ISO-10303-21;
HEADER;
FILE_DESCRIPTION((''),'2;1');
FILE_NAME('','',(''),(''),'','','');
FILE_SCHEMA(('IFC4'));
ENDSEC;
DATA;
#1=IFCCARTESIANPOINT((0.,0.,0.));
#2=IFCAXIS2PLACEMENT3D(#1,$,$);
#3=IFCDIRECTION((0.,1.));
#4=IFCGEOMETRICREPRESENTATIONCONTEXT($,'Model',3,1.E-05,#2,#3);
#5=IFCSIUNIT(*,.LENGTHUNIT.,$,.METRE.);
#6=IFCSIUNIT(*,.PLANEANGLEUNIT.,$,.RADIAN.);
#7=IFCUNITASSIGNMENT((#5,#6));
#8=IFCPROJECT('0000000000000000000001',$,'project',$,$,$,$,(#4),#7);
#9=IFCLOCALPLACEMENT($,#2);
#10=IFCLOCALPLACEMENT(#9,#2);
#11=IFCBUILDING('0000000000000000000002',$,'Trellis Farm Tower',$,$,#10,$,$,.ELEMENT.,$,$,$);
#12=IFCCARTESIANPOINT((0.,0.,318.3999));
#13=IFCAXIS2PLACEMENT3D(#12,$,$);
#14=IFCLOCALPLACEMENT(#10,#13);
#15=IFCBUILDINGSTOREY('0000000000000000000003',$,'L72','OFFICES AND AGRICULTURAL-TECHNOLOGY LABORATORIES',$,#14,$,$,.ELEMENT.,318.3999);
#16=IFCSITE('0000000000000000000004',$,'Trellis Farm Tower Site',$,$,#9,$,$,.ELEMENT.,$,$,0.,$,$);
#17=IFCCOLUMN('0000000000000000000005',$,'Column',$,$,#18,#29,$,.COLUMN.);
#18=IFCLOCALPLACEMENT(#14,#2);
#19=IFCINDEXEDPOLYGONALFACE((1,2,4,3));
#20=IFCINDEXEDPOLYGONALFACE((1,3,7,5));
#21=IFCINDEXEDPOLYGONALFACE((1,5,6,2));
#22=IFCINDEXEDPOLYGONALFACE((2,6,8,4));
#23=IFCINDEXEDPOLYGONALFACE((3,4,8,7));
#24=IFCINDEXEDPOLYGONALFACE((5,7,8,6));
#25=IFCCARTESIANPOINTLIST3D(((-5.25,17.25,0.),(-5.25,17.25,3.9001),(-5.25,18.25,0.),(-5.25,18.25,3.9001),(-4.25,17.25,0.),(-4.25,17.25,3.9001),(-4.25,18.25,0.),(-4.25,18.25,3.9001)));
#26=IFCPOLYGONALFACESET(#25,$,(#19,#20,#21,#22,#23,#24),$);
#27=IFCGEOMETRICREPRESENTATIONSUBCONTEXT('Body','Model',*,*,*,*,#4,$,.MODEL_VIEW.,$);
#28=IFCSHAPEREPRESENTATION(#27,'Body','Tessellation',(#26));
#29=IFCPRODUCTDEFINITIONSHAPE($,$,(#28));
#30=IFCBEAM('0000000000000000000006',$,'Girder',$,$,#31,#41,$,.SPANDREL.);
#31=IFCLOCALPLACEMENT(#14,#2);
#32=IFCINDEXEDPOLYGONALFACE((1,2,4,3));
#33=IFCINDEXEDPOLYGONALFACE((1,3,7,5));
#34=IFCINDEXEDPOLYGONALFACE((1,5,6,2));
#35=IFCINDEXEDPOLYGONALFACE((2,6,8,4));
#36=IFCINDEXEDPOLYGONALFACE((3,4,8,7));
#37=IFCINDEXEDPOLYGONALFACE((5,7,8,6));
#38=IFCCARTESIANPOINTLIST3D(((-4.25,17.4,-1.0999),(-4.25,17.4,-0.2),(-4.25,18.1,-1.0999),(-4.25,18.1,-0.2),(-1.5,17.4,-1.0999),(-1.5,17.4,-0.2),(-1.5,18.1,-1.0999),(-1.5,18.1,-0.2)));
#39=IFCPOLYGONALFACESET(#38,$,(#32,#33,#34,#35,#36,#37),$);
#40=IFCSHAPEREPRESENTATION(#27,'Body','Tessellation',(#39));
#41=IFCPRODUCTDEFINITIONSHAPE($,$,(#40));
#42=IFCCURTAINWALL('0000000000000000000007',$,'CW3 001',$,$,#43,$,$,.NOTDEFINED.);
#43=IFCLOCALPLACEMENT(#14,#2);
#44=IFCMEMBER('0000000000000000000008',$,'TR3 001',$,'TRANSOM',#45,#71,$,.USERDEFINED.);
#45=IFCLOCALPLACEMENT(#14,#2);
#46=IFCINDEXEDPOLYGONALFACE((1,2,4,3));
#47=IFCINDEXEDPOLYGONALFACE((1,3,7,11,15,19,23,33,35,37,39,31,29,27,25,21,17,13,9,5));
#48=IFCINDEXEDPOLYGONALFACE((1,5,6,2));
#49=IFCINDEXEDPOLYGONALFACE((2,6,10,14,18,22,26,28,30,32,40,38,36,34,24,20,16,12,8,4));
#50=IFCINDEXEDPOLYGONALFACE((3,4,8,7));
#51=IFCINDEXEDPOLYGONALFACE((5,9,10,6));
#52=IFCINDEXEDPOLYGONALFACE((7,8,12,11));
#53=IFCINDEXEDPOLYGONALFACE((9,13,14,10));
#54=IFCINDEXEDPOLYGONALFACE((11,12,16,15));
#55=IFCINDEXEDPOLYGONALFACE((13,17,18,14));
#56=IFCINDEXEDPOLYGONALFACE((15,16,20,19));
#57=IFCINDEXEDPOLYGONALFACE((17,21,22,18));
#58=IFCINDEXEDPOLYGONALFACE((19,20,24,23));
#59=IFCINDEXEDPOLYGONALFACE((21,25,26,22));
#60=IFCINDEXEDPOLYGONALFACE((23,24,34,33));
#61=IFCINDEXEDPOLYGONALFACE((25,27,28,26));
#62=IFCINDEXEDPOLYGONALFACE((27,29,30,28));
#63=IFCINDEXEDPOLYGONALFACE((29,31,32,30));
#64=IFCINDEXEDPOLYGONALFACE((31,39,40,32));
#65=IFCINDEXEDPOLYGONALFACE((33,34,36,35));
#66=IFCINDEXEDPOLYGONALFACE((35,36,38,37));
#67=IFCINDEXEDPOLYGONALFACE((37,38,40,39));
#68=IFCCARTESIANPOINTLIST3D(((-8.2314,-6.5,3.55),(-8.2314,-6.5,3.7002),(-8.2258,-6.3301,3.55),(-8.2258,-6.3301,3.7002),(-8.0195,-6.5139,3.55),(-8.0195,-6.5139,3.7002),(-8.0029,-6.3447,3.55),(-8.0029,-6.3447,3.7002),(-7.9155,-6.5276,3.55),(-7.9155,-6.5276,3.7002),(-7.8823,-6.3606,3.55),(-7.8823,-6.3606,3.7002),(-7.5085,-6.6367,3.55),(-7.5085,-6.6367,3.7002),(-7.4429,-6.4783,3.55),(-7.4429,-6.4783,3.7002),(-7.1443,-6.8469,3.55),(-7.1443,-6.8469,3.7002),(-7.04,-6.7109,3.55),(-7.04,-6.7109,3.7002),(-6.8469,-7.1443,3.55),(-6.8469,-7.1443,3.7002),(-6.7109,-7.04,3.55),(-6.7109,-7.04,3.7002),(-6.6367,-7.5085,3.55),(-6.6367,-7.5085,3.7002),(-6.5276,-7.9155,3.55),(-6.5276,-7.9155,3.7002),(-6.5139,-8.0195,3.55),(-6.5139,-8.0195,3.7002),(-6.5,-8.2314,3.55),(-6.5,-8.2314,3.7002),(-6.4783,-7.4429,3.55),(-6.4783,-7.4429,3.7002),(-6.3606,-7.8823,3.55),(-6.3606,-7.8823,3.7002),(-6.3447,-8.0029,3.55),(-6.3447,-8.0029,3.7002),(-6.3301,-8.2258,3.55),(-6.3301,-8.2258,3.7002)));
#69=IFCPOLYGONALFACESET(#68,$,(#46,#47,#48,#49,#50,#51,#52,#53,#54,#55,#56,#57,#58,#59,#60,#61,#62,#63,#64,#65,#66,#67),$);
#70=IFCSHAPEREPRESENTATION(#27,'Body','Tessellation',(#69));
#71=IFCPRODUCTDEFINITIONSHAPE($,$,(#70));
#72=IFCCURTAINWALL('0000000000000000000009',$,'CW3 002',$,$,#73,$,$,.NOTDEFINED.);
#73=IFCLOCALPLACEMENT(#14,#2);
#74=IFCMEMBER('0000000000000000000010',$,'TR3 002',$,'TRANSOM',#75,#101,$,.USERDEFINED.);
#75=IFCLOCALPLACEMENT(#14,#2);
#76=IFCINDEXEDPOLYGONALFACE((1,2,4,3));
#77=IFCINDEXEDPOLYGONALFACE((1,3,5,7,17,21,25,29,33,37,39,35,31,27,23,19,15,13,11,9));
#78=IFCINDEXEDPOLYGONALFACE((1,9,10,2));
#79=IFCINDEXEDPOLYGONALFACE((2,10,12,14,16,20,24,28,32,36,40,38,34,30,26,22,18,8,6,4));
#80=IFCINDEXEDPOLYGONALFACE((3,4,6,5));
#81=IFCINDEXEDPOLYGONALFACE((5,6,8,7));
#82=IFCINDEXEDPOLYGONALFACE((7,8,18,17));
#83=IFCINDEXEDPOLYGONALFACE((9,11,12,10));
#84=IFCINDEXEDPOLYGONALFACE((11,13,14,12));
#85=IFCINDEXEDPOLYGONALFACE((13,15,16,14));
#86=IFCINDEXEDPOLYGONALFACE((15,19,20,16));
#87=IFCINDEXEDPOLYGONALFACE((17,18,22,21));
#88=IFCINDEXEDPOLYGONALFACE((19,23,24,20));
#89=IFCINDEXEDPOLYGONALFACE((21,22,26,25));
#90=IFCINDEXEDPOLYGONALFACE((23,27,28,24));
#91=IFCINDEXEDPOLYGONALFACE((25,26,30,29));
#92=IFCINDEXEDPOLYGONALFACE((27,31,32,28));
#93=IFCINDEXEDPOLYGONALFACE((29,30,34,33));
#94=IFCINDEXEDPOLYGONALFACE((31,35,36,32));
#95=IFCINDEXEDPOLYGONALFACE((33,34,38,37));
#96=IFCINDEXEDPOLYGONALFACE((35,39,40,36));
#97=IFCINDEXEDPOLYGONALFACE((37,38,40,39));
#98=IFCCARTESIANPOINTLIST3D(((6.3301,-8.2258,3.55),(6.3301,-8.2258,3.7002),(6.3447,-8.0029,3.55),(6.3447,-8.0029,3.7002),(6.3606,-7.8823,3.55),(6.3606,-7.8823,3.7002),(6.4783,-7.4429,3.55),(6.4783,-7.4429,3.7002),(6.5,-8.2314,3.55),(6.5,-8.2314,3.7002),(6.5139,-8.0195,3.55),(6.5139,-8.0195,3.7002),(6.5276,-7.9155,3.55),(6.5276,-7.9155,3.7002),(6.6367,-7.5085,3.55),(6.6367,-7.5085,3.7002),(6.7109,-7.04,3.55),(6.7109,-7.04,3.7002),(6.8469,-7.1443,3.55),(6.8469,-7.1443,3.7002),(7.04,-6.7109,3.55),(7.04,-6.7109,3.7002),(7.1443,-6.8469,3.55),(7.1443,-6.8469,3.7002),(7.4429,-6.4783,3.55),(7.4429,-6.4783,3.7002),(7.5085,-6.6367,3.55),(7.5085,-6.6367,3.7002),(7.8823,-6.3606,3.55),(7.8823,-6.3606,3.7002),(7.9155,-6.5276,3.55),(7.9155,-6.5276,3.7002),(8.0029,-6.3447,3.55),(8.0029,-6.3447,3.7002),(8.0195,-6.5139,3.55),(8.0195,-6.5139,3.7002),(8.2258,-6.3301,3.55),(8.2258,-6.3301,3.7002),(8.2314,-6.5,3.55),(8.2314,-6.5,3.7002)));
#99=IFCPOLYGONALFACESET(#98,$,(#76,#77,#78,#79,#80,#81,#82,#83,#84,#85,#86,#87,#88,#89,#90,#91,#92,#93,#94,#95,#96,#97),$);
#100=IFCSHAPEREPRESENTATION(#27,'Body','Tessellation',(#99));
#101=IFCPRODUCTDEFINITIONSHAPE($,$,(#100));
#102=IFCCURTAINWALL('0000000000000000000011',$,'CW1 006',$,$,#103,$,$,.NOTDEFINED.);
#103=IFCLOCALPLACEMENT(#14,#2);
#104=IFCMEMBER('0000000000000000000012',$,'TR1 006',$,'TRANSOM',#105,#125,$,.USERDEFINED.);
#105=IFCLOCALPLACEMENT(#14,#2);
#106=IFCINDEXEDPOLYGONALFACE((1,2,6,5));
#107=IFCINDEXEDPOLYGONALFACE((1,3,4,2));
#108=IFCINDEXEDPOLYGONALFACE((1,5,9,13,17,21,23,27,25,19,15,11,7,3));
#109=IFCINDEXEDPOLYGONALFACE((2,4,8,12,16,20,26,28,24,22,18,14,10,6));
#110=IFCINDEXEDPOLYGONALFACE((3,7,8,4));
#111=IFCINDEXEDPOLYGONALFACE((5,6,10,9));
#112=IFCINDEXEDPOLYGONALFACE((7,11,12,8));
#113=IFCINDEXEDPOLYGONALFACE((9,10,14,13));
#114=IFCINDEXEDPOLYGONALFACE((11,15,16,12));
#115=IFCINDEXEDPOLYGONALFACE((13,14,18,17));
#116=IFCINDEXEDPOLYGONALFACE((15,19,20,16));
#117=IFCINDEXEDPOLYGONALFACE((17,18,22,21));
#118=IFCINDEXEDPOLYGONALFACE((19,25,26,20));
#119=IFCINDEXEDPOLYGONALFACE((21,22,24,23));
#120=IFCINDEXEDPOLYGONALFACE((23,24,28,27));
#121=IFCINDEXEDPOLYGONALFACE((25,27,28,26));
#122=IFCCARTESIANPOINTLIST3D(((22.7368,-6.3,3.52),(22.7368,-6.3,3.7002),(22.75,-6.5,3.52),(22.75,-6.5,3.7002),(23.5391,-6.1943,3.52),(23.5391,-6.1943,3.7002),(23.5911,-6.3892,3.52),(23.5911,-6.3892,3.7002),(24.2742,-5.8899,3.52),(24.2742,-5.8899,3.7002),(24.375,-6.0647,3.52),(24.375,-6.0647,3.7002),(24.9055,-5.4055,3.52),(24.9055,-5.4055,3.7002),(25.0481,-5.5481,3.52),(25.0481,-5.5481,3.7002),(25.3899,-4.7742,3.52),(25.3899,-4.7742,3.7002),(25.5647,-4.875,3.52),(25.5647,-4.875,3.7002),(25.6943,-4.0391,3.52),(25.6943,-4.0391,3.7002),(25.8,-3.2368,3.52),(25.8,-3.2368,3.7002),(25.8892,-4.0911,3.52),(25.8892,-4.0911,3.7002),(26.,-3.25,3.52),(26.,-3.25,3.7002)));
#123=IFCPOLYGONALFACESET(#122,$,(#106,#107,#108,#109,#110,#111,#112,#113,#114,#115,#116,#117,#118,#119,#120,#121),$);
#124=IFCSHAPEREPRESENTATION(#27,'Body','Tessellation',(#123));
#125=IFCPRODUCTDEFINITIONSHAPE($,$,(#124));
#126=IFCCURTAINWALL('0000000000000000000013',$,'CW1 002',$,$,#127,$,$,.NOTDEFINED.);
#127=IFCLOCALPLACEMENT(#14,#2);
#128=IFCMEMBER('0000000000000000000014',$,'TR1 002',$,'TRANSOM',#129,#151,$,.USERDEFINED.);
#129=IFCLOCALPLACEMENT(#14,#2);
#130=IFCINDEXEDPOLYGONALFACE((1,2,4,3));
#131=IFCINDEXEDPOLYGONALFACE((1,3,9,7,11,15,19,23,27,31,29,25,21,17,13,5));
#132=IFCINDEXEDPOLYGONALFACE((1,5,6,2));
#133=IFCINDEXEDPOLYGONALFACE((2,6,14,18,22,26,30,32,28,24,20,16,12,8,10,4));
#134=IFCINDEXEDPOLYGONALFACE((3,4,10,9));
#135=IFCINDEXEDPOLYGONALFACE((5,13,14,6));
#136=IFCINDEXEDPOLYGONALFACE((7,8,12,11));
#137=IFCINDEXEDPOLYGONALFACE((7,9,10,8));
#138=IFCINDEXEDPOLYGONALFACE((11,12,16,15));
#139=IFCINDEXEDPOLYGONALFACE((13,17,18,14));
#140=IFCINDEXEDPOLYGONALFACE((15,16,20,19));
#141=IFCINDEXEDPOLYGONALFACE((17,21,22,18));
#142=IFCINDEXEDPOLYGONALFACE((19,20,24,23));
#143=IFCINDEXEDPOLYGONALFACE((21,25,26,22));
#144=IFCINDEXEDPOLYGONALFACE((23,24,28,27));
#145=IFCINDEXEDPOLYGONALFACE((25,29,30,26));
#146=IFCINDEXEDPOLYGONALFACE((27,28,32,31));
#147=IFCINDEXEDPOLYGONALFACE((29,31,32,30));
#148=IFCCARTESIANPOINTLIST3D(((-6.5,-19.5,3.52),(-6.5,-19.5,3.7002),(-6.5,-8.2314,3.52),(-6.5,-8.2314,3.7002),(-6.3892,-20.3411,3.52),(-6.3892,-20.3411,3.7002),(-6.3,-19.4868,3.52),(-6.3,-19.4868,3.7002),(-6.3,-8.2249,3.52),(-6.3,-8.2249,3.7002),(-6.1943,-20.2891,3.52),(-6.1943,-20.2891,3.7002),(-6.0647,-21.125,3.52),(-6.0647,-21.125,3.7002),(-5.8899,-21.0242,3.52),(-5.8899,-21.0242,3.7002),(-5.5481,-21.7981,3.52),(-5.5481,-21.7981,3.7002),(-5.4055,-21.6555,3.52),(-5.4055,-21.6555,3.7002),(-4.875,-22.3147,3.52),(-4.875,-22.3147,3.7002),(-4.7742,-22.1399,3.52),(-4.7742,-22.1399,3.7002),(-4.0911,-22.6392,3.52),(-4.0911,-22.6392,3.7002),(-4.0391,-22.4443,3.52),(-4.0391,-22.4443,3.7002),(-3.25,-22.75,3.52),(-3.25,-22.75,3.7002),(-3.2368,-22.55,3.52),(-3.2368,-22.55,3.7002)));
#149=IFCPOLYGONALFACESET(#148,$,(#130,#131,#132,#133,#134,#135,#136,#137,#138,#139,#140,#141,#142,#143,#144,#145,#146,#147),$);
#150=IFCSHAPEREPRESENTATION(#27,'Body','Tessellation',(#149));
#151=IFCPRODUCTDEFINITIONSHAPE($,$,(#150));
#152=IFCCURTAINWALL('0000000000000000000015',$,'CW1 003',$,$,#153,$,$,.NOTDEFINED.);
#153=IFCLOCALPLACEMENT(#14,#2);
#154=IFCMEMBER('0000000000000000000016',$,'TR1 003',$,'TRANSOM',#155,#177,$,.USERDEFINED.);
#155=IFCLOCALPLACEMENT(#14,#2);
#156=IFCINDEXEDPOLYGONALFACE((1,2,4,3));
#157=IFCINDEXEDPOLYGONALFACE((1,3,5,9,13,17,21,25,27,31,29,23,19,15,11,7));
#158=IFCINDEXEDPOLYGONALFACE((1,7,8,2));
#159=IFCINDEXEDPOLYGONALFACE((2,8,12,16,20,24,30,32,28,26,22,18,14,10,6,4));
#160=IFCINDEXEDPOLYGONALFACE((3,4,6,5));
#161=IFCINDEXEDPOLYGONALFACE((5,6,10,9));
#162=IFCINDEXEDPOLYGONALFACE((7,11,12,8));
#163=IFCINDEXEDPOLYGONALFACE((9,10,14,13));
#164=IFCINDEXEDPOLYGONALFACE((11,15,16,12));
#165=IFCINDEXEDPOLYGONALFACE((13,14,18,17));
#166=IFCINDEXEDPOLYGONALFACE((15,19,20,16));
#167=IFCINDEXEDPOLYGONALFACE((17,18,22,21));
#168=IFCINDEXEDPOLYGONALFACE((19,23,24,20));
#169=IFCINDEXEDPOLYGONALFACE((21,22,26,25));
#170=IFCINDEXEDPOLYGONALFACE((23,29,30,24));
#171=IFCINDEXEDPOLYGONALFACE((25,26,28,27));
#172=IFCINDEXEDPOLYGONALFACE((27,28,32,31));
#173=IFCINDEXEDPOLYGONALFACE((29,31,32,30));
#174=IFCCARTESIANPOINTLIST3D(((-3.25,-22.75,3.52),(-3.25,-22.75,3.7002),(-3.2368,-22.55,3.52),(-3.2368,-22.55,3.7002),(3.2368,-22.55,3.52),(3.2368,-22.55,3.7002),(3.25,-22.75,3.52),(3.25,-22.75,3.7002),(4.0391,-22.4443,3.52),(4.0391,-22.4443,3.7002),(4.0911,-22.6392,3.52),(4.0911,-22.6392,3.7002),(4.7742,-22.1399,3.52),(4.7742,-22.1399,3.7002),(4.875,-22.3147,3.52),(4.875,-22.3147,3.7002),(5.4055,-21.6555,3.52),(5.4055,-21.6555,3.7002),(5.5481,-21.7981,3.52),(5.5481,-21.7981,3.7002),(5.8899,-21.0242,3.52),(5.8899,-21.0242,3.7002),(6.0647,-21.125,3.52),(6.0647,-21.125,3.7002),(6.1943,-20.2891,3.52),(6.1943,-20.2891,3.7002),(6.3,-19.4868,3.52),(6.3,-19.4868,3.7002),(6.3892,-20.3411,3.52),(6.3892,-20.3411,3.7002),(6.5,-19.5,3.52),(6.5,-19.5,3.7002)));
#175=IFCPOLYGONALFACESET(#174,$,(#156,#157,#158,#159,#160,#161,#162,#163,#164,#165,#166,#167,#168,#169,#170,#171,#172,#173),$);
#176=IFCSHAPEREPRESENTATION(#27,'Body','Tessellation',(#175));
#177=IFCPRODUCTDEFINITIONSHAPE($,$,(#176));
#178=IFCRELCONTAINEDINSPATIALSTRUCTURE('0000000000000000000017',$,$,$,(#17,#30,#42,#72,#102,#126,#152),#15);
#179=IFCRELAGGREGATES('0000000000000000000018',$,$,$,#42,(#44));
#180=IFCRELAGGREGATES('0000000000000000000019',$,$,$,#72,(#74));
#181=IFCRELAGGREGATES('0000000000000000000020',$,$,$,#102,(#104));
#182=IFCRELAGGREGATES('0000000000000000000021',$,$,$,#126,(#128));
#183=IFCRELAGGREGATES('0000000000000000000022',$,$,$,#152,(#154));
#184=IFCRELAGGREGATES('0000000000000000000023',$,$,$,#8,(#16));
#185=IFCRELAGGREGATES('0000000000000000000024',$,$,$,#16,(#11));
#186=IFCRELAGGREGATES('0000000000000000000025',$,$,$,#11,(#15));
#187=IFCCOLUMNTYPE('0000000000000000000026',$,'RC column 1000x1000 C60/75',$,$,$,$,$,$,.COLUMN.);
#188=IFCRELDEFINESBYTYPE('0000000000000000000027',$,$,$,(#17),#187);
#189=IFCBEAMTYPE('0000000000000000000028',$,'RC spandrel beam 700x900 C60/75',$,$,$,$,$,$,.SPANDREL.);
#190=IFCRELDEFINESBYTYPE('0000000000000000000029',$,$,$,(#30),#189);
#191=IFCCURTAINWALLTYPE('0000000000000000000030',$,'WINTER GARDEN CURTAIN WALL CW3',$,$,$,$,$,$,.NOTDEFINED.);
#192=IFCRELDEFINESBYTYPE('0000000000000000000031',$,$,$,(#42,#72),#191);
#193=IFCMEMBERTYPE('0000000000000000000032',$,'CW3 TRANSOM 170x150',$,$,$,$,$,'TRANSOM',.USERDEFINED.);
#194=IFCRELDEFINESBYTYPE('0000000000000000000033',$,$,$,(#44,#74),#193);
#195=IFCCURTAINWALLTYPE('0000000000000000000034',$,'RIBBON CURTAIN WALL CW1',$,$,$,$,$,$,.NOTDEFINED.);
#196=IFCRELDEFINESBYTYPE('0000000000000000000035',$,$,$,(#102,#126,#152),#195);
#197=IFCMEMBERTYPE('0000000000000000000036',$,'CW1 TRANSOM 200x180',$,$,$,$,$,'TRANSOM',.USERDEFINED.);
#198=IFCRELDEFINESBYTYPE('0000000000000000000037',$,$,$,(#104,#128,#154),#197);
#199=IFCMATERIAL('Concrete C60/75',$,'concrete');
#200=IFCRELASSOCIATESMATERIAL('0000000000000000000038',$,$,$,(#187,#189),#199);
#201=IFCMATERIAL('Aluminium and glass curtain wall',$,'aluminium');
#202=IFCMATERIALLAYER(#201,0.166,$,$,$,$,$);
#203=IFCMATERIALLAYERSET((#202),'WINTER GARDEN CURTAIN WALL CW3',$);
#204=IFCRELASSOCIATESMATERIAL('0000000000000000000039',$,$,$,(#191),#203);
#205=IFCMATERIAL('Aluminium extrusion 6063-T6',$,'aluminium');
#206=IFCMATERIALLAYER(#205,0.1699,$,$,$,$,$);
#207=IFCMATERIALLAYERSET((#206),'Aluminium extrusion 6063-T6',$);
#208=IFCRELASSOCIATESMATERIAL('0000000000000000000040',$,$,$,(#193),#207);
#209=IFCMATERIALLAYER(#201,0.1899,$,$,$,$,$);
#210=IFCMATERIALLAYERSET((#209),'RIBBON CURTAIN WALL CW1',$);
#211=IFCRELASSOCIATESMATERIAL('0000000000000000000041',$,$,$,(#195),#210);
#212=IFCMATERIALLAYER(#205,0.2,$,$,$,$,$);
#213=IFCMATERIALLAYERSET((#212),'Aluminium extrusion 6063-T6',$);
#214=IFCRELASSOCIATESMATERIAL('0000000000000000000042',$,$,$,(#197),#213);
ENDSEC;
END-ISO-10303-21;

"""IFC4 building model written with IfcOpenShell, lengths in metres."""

from ifc_helpers import new_model, si_unit, direction, frame, origin, origin_2d, place, context, subcontext, project, spatial, polyline, rectangle, outline, extrude, source, transform, mapped, material, layer, layer_set, material_profile, profile_set, type_object, element, aggregate, save


model = new_model("IFC4")

# Units and contexts
model_context = context("Model", 3, precision=1e-05, world=origin(), true_north=direction((0.0, 1.0)))
body_context = subcontext(model_context, "Body", "Model", "MODEL_VIEW")
ifc_project = project(units=[si_unit("LENGTHUNIT", "METRE"), si_unit("PLANEANGLEUNIT", "RADIAN")], contexts=[model_context])

# Site, building, storey
site_placement = place(None, origin())
site = spatial("IfcSite", under=ifc_project, at=site_placement, Name="Trellis Farm Tower Site", CompositionType="ELEMENT", RefElevation=0.0)
building_placement = place(site_placement, origin())
building = spatial("IfcBuilding", under=site, at=building_placement, Name="Trellis Farm Tower", CompositionType="ELEMENT")
storey_placement = place(building_placement, frame((0.0, 0.0, 318.3999)))
storey = spatial("IfcBuildingStorey", under=building, at=storey_placement, Name="L72", Description="OFFICES AND AGRICULTURAL-TECHNOLOGY LABORATORIES", CompositionType="ELEMENT", Elevation=318.3999)

# Column
ifc_material_1 = material(Name="Concrete C60/75", Category="concrete")
ifc_material_profile_1 = material_profile(ifc_material_1, rectangle(XDim=1.0, YDim=1.0, at=origin_2d()), Name="RC column 1000x1000 C60/75")
ifc_profile_set_1 = profile_set([ifc_material_profile_1], Name="Concrete C60/75")
column_type = type_object("IfcColumnType", Name="RC column 1000x1000 C60/75", PredefinedType="COLUMN", material=ifc_profile_set_1)
shared_shape_1 = source(origin(), body_context, "Body", "SweptSolid", [
    extrude(rectangle(XDim=1.0, YDim=1.0, at=origin_2d()), origin(), (0.0, 0.0, 1.0), 3.9001),
])
column_placement = place(storey_placement, frame((-4.75, 17.75, 0.0), z_axis=(0.0, 0.0, 1.0), x_axis=(1.0, 0.0, 0.0)))
element("IfcColumn", 1, at=column_placement, inside=storey, type_object=column_type, Name="Column", PredefinedType="COLUMN", context=body_context, shape_type="MappedRepresentation", body=[
    mapped(shared_shape_1, transform((0.0, 0.0, 0.0))),
])

# Beam
ifc_material_profile_2 = material_profile(ifc_material_1, rectangle(XDim=0.7, YDim=0.8999, at=origin_2d()), Name="RC spandrel beam 700x900 C60/75")
ifc_profile_set_2 = profile_set([ifc_material_profile_2], Name="Concrete C60/75")
beam_type = type_object("IfcBeamType", Name="RC spandrel beam 700x900 C60/75", PredefinedType="SPANDREL", material=ifc_profile_set_2)
shared_shape_2 = source(origin(), body_context, "Body", "SweptSolid", [
    extrude(rectangle(XDim=0.7, YDim=0.8999, at=origin_2d()), origin(), (0.0, 0.0, 1.0), 2.75),
])
beam_placement = place(storey_placement, frame((-4.25, 17.75, -0.6499), z_axis=(1.0, 0.0, 0.0), x_axis=(0.0, 1.0, 0.0)))
element("IfcBeam", 2, at=beam_placement, inside=storey, type_object=beam_type, Name="Girder", PredefinedType="SPANDREL", context=body_context, shape_type="MappedRepresentation", body=[
    mapped(shared_shape_2, transform((0.0, 0.0, 0.0))),
])

# Curtain walls, members
ifc_material_2 = material(Name="Aluminium and glass curtain wall", Category="aluminium")
ifc_layer_1 = layer(ifc_material_2, 0.166)
ifc_layer_set_1 = layer_set([ifc_layer_1], Name="WINTER GARDEN CURTAIN WALL CW3")
curtain_wall_type_1 = type_object("IfcCurtainWallType", Name="WINTER GARDEN CURTAIN WALL CW3", PredefinedType="NOTDEFINED", material=ifc_layer_set_1)
placement_1 = place(storey_placement, origin())
curtain_wall_1 = element("IfcCurtainWall", 3, at=placement_1, inside=storey, type_object=curtain_wall_type_1, Name="CW3 001", PredefinedType="NOTDEFINED")
ifc_material_3 = material(Name="Aluminium extrusion 6063-T6", Category="aluminium")
ifc_layer_2 = layer(ifc_material_3, 0.1699)
ifc_layer_set_2 = layer_set([ifc_layer_2], Name="Aluminium extrusion 6063-T6")
member_type_1 = type_object("IfcMemberType", Name="CW3 TRANSOM 170x150", ElementType="TRANSOM", PredefinedType="USERDEFINED", material=ifc_layer_set_2)
shared_shape_3 = source(origin(), body_context, "Body", "SweptSolid", [
    extrude(outline(polyline([(-8.2314, -6.5), (-8.0195, -6.5139), (-7.9155, -6.5276), (-7.5085, -6.6367), (-7.1443, -6.8469), (-6.8469, -7.1443), (-6.6367, -7.5085), (-6.5276, -7.9155), (-6.5139, -8.0195), (-6.5, -8.2314), (-6.3301, -8.2258), (-6.3447, -8.0029), (-6.3606, -7.8823), (-6.4783, -7.4429), (-6.7109, -7.04), (-7.04, -6.7109), (-7.4429, -6.4783), (-7.8823, -6.3606), (-8.0029, -6.3447), (-8.2258, -6.3301), (-8.2314, -6.5)])), origin(), (0.0, 0.0, 1.0), 0.1501),
])
placement_2 = place(storey_placement, frame((0.0, 0.0, 3.55)))
member_1 = element("IfcMember", 4, at=placement_2, type_object=member_type_1, Name="TR3 001", ObjectType="TRANSOM", PredefinedType="USERDEFINED", context=body_context, shape_type="MappedRepresentation", body=[
    mapped(shared_shape_3, transform((0.0, 0.0, 0.0))),
])
aggregate(curtain_wall_1, [member_1])
curtain_wall_2 = element("IfcCurtainWall", 5, at=placement_1, inside=storey, type_object=curtain_wall_type_1, Name="CW3 002", PredefinedType="NOTDEFINED")
shared_shape_4 = source(origin(), body_context, "Body", "SweptSolid", [
    extrude(outline(polyline([(6.5, -8.2314), (6.5139, -8.0195), (6.5276, -7.9155), (6.6367, -7.5085), (6.8469, -7.1443), (7.1443, -6.8469), (7.5085, -6.6367), (7.9155, -6.5276), (8.0195, -6.5139), (8.2314, -6.5), (8.2258, -6.3301), (8.0029, -6.3447), (7.8823, -6.3606), (7.4429, -6.4783), (7.04, -6.7109), (6.7109, -7.04), (6.4783, -7.4429), (6.3606, -7.8823), (6.3447, -8.0029), (6.3301, -8.2258), (6.5, -8.2314)])), origin(), (0.0, 0.0, 1.0), 0.1501),
])
member_2 = element("IfcMember", 6, at=placement_2, type_object=member_type_1, Name="TR3 002", ObjectType="TRANSOM", PredefinedType="USERDEFINED", context=body_context, shape_type="MappedRepresentation", body=[
    mapped(shared_shape_4, transform((0.0, 0.0, 0.0))),
])
ifc_layer_3 = layer(ifc_material_2, 0.1899)
ifc_layer_set_3 = layer_set([ifc_layer_3], Name="RIBBON CURTAIN WALL CW1")
curtain_wall_type_2 = type_object("IfcCurtainWallType", Name="RIBBON CURTAIN WALL CW1", PredefinedType="NOTDEFINED", material=ifc_layer_set_3)
curtain_wall_3 = element("IfcCurtainWall", 7, at=placement_1, inside=storey, type_object=curtain_wall_type_2, Name="CW1 006", PredefinedType="NOTDEFINED")
ifc_layer_4 = layer(ifc_material_3, 0.2)
ifc_layer_set_4 = layer_set([ifc_layer_4], Name="Aluminium extrusion 6063-T6")
member_type_2 = type_object("IfcMemberType", Name="CW1 TRANSOM 200x180", ElementType="TRANSOM", PredefinedType="USERDEFINED", material=ifc_layer_set_4)
shared_shape_5 = source(origin(), body_context, "Body", "SweptSolid", [
    extrude(outline(polyline([(22.75, -6.5), (23.5911, -6.3892), (24.375, -6.0647), (25.0481, -5.5481), (25.5647, -4.875), (25.8892, -4.0911), (26.0, -3.25), (25.8, -3.2368), (25.6943, -4.0391), (25.3899, -4.7742), (24.9055, -5.4055), (24.2742, -5.8899), (23.5391, -6.1943), (22.7368, -6.3), (22.75, -6.5)])), origin(), (0.0, 0.0, 1.0), 0.1802),
])
placement_3 = place(storey_placement, frame((0.0, 0.0, 3.52)))
member_3 = element("IfcMember", 8, at=placement_3, type_object=member_type_2, Name="TR1 006", ObjectType="TRANSOM", PredefinedType="USERDEFINED", context=body_context, shape_type="MappedRepresentation", body=[
    mapped(shared_shape_5, transform((0.0, 0.0, 0.0))),
])
curtain_wall_4 = element("IfcCurtainWall", 9, at=placement_1, inside=storey, type_object=curtain_wall_type_2, Name="CW1 002", PredefinedType="NOTDEFINED")
shared_shape_6 = source(origin(), body_context, "Body", "SweptSolid", [
    extrude(outline(polyline([(-6.5, -8.2314), (-6.5, -19.5), (-6.3892, -20.3411), (-6.0647, -21.125), (-5.5481, -21.7981), (-4.875, -22.3147), (-4.0911, -22.6392), (-3.25, -22.75), (-3.2368, -22.55), (-4.0391, -22.4443), (-4.7742, -22.1399), (-5.4055, -21.6555), (-5.8899, -21.0242), (-6.1943, -20.2891), (-6.3, -19.4868), (-6.3, -8.2249), (-6.5, -8.2314)])), origin(), (0.0, 0.0, 1.0), 0.1802),
])
member_4 = element("IfcMember", 10, at=placement_3, type_object=member_type_2, Name="TR1 002", ObjectType="TRANSOM", PredefinedType="USERDEFINED", context=body_context, shape_type="MappedRepresentation", body=[
    mapped(shared_shape_6, transform((0.0, 0.0, 0.0))),
])
curtain_wall_5 = element("IfcCurtainWall", 11, at=placement_1, inside=storey, type_object=curtain_wall_type_2, Name="CW1 003", PredefinedType="NOTDEFINED")
shared_shape_7 = source(origin(), body_context, "Body", "SweptSolid", [
    extrude(outline(polyline([(-3.25, -22.75), (3.25, -22.75), (4.0911, -22.6392), (4.875, -22.3147), (5.5481, -21.7981), (6.0647, -21.125), (6.3892, -20.3411), (6.5, -19.5), (6.3, -19.4868), (6.1943, -20.2891), (5.8899, -21.0242), (5.4055, -21.6555), (4.7742, -22.1399), (4.0391, -22.4443), (3.2368, -22.55), (-3.2368, -22.55), (-3.25, -22.75)])), origin(), (0.0, 0.0, 1.0), 0.1802),
])
member_5 = element("IfcMember", 12, at=placement_3, type_object=member_type_2, Name="TR1 003", ObjectType="TRANSOM", PredefinedType="USERDEFINED", context=body_context, shape_type="MappedRepresentation", body=[
    mapped(shared_shape_7, transform((0.0, 0.0, 0.0))),
])

aggregate(curtain_wall_2, [member_2])
aggregate(curtain_wall_3, [member_3])
aggregate(curtain_wall_4, [member_4])
aggregate(curtain_wall_5, [member_5])

save(model, "model.ifc")
